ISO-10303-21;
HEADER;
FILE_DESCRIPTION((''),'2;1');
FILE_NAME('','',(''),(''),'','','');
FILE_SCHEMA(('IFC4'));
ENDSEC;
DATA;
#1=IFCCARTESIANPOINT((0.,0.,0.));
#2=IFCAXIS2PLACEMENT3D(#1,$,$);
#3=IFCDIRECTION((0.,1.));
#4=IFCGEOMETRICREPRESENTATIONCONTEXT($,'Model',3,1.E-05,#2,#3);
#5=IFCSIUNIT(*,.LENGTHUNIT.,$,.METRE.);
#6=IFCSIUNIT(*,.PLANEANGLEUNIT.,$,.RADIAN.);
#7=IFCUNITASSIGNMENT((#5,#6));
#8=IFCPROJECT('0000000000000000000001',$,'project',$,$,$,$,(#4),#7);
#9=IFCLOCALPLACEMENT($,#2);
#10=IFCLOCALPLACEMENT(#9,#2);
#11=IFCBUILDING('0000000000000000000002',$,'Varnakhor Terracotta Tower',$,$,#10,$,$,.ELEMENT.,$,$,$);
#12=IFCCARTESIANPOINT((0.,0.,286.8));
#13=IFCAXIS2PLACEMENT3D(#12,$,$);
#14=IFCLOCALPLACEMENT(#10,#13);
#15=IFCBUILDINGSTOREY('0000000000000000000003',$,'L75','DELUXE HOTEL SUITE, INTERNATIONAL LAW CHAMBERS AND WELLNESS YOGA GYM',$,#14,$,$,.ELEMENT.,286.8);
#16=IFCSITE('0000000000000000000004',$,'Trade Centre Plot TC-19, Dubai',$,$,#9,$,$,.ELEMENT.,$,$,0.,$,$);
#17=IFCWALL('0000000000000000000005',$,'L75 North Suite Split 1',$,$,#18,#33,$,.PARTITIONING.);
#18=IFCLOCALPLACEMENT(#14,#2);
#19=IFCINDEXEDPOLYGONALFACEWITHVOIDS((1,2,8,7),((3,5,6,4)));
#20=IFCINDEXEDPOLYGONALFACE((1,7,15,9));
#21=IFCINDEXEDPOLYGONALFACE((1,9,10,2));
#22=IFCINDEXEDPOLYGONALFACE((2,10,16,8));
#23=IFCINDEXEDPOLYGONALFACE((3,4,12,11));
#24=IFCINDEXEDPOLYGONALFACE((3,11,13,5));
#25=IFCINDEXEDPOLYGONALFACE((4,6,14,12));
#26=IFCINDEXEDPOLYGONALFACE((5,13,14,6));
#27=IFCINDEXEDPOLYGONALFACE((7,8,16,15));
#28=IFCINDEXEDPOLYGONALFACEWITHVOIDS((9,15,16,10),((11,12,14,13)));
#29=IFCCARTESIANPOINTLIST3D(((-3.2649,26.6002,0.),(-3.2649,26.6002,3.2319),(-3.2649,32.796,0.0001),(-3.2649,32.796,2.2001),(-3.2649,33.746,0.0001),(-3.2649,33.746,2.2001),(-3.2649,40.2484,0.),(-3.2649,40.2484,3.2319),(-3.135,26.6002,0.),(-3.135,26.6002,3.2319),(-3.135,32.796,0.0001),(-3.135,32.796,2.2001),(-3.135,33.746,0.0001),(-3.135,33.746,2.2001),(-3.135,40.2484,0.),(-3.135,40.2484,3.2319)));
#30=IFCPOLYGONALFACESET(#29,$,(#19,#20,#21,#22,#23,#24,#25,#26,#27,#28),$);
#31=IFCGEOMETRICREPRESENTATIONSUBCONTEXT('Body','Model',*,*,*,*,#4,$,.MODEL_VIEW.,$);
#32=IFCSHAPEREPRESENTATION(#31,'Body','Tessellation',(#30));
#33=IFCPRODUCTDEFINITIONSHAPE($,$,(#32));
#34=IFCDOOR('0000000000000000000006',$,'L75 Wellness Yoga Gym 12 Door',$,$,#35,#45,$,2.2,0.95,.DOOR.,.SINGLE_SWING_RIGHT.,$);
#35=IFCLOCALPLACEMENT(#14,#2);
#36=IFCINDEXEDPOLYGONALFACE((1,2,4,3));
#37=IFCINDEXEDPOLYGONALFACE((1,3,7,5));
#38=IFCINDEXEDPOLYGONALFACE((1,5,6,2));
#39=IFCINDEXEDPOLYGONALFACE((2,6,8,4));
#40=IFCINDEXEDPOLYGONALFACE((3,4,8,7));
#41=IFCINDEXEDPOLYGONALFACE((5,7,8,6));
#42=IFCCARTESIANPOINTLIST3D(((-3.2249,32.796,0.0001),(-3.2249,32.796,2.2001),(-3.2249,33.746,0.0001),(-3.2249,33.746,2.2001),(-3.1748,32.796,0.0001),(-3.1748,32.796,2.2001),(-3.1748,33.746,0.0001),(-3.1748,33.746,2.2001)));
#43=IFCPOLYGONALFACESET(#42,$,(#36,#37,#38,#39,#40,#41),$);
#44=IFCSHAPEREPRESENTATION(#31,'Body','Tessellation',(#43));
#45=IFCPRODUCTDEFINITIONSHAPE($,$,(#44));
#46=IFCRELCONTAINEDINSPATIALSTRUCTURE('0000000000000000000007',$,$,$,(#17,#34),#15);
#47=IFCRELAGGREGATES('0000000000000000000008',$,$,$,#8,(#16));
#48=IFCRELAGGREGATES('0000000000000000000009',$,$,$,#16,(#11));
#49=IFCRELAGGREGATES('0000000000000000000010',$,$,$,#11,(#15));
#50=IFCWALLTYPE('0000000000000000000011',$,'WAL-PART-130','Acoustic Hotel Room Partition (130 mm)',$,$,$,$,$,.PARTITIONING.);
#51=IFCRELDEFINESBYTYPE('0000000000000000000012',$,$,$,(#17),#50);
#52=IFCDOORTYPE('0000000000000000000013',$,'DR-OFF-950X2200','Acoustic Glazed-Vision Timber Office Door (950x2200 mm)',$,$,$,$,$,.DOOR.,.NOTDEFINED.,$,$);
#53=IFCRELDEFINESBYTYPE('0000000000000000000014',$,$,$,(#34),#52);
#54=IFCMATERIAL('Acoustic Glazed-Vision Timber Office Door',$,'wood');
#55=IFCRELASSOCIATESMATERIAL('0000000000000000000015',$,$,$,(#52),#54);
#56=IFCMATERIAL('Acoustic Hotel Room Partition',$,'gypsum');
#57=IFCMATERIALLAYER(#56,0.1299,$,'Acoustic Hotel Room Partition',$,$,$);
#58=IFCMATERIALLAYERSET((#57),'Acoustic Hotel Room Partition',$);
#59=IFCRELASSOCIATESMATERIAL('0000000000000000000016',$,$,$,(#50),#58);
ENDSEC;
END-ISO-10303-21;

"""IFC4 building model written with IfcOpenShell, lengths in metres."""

from ifc_helpers import new_model, si_unit, direction, frame, frame_2d, origin, place, context, subcontext, project, spatial, rectangle, extrude, source, transform, mapped, material, layer, layer_set, type_object, type_shapes, element, fill, save


model = new_model("IFC4")

# Units and contexts
model_context = context("Model", 3, precision=1e-05, world=origin(), true_north=direction((0.0, 1.0)))
body_context = subcontext(model_context, "Body", "Model", "MODEL_VIEW")
ifc_project = project(units=[si_unit("LENGTHUNIT", "METRE"), si_unit("PLANEANGLEUNIT", "RADIAN")], contexts=[model_context])

# Site, building, storey
site_placement = place(None, origin())
site = spatial("IfcSite", under=ifc_project, at=site_placement, Name="Trade Centre Plot TC-19, Dubai", CompositionType="ELEMENT", RefElevation=0.0)
building_placement = place(site_placement, origin())
building = spatial("IfcBuilding", under=site, at=building_placement, Name="Varnakhor Terracotta Tower", CompositionType="ELEMENT")
storey_placement = place(building_placement, frame((0.0, 0.0, 286.8)))
storey = spatial("IfcBuildingStorey", under=building, at=storey_placement, Name="L75", Description="DELUXE HOTEL SUITE, INTERNATIONAL LAW CHAMBERS AND WELLNESS YOGA GYM", CompositionType="ELEMENT", Elevation=286.8)

# Shared definitions
ifc_material_1 = material(Name="Acoustic Glazed-Vision Timber Office Door", Category="wood")
door_type_1 = type_object("IfcDoorType", Name="DR-OFF-950X2200", Description="Acoustic Glazed-Vision Timber Office Door (950x2200 mm)", OperationType="NOTDEFINED", PredefinedType="DOOR", material=ifc_material_1)
shared_shape_1 = source(origin(), body_context, "Body", "SweptSolid", [
    extrude(rectangle(XDim=0.95, YDim=2.2, at=frame_2d((0.4751, 1.1001))), frame((0.0, 0.0249, 0.0), z_axis=(0.0, -1.0, 0.0), x_axis=(1.0, 0.0, 0.0)), (0.0, 0.0, 1.0), 0.05),
])
type_shapes(door_type_1, [shared_shape_1])

# Shared definitions
ifc_material_2 = material(Name="Acoustic Hotel Room Partition", Category="gypsum")
ifc_layer_1 = layer(ifc_material_2, 0.1299, Name="Acoustic Hotel Room Partition")
ifc_layer_set_1 = layer_set([ifc_layer_1], Name="Acoustic Hotel Room Partition")
wall_type_1 = type_object("IfcWallType", Name="WAL-PART-130", Description="Acoustic Hotel Room Partition (130 mm)", PredefinedType="PARTITIONING", material=ifc_layer_set_1)

# Wall, opening, door
wall_1_placement = place(storey_placement, frame((-3.2, 26.6001, 0.0), z_axis=(0.0, 0.0, 1.0), x_axis=(0.0, 1.0, 0.0)))
wall_1 = element("IfcWall", 1, at=wall_1_placement, inside=storey, type_object=wall_type_1, Name="L75 North Suite Split 1", PredefinedType="PARTITIONING", context=body_context, shape_type="SweptSolid", body=[
    extrude(rectangle(XDim=13.6482, YDim=0.1299, at=frame_2d((6.8242, 0.0))), origin(), (0.0, 0.0, 1.0), 3.2319),
])
opening_1_placement = place(wall_1_placement, frame((6.1958, 0.0, 0.0)))
opening_1 = element("IfcOpeningElement", 2, at=opening_1_placement, cuts=wall_1, PredefinedType="OPENING", context=body_context, shape_type="SweptSolid", body=[
    extrude(rectangle(XDim=0.95, YDim=2.2, at=frame_2d((0.4751, 1.1001))), frame((0.0, 0.075, 0.0), z_axis=(0.0, -1.0, 0.0), x_axis=(1.0, 0.0, 0.0)), (0.0, 0.0, 1.0), 0.1499),
])
door_1_placement = place(opening_1_placement, origin())
door_1 = element("IfcDoor", 3, at=door_1_placement, inside=storey, type_object=door_type_1, Name="L75 Wellness Yoga Gym 12 Door", OperationType="SINGLE_SWING_RIGHT", OverallHeight=2.2, OverallWidth=0.95, PredefinedType="DOOR", context=body_context, shape_type="MappedRepresentation", body=[
    mapped(shared_shape_1, transform((0.0, 0.0, 0.0), scale=1.0)),
])
fill(opening_1, door_1)

save(model, "model.ifc")
